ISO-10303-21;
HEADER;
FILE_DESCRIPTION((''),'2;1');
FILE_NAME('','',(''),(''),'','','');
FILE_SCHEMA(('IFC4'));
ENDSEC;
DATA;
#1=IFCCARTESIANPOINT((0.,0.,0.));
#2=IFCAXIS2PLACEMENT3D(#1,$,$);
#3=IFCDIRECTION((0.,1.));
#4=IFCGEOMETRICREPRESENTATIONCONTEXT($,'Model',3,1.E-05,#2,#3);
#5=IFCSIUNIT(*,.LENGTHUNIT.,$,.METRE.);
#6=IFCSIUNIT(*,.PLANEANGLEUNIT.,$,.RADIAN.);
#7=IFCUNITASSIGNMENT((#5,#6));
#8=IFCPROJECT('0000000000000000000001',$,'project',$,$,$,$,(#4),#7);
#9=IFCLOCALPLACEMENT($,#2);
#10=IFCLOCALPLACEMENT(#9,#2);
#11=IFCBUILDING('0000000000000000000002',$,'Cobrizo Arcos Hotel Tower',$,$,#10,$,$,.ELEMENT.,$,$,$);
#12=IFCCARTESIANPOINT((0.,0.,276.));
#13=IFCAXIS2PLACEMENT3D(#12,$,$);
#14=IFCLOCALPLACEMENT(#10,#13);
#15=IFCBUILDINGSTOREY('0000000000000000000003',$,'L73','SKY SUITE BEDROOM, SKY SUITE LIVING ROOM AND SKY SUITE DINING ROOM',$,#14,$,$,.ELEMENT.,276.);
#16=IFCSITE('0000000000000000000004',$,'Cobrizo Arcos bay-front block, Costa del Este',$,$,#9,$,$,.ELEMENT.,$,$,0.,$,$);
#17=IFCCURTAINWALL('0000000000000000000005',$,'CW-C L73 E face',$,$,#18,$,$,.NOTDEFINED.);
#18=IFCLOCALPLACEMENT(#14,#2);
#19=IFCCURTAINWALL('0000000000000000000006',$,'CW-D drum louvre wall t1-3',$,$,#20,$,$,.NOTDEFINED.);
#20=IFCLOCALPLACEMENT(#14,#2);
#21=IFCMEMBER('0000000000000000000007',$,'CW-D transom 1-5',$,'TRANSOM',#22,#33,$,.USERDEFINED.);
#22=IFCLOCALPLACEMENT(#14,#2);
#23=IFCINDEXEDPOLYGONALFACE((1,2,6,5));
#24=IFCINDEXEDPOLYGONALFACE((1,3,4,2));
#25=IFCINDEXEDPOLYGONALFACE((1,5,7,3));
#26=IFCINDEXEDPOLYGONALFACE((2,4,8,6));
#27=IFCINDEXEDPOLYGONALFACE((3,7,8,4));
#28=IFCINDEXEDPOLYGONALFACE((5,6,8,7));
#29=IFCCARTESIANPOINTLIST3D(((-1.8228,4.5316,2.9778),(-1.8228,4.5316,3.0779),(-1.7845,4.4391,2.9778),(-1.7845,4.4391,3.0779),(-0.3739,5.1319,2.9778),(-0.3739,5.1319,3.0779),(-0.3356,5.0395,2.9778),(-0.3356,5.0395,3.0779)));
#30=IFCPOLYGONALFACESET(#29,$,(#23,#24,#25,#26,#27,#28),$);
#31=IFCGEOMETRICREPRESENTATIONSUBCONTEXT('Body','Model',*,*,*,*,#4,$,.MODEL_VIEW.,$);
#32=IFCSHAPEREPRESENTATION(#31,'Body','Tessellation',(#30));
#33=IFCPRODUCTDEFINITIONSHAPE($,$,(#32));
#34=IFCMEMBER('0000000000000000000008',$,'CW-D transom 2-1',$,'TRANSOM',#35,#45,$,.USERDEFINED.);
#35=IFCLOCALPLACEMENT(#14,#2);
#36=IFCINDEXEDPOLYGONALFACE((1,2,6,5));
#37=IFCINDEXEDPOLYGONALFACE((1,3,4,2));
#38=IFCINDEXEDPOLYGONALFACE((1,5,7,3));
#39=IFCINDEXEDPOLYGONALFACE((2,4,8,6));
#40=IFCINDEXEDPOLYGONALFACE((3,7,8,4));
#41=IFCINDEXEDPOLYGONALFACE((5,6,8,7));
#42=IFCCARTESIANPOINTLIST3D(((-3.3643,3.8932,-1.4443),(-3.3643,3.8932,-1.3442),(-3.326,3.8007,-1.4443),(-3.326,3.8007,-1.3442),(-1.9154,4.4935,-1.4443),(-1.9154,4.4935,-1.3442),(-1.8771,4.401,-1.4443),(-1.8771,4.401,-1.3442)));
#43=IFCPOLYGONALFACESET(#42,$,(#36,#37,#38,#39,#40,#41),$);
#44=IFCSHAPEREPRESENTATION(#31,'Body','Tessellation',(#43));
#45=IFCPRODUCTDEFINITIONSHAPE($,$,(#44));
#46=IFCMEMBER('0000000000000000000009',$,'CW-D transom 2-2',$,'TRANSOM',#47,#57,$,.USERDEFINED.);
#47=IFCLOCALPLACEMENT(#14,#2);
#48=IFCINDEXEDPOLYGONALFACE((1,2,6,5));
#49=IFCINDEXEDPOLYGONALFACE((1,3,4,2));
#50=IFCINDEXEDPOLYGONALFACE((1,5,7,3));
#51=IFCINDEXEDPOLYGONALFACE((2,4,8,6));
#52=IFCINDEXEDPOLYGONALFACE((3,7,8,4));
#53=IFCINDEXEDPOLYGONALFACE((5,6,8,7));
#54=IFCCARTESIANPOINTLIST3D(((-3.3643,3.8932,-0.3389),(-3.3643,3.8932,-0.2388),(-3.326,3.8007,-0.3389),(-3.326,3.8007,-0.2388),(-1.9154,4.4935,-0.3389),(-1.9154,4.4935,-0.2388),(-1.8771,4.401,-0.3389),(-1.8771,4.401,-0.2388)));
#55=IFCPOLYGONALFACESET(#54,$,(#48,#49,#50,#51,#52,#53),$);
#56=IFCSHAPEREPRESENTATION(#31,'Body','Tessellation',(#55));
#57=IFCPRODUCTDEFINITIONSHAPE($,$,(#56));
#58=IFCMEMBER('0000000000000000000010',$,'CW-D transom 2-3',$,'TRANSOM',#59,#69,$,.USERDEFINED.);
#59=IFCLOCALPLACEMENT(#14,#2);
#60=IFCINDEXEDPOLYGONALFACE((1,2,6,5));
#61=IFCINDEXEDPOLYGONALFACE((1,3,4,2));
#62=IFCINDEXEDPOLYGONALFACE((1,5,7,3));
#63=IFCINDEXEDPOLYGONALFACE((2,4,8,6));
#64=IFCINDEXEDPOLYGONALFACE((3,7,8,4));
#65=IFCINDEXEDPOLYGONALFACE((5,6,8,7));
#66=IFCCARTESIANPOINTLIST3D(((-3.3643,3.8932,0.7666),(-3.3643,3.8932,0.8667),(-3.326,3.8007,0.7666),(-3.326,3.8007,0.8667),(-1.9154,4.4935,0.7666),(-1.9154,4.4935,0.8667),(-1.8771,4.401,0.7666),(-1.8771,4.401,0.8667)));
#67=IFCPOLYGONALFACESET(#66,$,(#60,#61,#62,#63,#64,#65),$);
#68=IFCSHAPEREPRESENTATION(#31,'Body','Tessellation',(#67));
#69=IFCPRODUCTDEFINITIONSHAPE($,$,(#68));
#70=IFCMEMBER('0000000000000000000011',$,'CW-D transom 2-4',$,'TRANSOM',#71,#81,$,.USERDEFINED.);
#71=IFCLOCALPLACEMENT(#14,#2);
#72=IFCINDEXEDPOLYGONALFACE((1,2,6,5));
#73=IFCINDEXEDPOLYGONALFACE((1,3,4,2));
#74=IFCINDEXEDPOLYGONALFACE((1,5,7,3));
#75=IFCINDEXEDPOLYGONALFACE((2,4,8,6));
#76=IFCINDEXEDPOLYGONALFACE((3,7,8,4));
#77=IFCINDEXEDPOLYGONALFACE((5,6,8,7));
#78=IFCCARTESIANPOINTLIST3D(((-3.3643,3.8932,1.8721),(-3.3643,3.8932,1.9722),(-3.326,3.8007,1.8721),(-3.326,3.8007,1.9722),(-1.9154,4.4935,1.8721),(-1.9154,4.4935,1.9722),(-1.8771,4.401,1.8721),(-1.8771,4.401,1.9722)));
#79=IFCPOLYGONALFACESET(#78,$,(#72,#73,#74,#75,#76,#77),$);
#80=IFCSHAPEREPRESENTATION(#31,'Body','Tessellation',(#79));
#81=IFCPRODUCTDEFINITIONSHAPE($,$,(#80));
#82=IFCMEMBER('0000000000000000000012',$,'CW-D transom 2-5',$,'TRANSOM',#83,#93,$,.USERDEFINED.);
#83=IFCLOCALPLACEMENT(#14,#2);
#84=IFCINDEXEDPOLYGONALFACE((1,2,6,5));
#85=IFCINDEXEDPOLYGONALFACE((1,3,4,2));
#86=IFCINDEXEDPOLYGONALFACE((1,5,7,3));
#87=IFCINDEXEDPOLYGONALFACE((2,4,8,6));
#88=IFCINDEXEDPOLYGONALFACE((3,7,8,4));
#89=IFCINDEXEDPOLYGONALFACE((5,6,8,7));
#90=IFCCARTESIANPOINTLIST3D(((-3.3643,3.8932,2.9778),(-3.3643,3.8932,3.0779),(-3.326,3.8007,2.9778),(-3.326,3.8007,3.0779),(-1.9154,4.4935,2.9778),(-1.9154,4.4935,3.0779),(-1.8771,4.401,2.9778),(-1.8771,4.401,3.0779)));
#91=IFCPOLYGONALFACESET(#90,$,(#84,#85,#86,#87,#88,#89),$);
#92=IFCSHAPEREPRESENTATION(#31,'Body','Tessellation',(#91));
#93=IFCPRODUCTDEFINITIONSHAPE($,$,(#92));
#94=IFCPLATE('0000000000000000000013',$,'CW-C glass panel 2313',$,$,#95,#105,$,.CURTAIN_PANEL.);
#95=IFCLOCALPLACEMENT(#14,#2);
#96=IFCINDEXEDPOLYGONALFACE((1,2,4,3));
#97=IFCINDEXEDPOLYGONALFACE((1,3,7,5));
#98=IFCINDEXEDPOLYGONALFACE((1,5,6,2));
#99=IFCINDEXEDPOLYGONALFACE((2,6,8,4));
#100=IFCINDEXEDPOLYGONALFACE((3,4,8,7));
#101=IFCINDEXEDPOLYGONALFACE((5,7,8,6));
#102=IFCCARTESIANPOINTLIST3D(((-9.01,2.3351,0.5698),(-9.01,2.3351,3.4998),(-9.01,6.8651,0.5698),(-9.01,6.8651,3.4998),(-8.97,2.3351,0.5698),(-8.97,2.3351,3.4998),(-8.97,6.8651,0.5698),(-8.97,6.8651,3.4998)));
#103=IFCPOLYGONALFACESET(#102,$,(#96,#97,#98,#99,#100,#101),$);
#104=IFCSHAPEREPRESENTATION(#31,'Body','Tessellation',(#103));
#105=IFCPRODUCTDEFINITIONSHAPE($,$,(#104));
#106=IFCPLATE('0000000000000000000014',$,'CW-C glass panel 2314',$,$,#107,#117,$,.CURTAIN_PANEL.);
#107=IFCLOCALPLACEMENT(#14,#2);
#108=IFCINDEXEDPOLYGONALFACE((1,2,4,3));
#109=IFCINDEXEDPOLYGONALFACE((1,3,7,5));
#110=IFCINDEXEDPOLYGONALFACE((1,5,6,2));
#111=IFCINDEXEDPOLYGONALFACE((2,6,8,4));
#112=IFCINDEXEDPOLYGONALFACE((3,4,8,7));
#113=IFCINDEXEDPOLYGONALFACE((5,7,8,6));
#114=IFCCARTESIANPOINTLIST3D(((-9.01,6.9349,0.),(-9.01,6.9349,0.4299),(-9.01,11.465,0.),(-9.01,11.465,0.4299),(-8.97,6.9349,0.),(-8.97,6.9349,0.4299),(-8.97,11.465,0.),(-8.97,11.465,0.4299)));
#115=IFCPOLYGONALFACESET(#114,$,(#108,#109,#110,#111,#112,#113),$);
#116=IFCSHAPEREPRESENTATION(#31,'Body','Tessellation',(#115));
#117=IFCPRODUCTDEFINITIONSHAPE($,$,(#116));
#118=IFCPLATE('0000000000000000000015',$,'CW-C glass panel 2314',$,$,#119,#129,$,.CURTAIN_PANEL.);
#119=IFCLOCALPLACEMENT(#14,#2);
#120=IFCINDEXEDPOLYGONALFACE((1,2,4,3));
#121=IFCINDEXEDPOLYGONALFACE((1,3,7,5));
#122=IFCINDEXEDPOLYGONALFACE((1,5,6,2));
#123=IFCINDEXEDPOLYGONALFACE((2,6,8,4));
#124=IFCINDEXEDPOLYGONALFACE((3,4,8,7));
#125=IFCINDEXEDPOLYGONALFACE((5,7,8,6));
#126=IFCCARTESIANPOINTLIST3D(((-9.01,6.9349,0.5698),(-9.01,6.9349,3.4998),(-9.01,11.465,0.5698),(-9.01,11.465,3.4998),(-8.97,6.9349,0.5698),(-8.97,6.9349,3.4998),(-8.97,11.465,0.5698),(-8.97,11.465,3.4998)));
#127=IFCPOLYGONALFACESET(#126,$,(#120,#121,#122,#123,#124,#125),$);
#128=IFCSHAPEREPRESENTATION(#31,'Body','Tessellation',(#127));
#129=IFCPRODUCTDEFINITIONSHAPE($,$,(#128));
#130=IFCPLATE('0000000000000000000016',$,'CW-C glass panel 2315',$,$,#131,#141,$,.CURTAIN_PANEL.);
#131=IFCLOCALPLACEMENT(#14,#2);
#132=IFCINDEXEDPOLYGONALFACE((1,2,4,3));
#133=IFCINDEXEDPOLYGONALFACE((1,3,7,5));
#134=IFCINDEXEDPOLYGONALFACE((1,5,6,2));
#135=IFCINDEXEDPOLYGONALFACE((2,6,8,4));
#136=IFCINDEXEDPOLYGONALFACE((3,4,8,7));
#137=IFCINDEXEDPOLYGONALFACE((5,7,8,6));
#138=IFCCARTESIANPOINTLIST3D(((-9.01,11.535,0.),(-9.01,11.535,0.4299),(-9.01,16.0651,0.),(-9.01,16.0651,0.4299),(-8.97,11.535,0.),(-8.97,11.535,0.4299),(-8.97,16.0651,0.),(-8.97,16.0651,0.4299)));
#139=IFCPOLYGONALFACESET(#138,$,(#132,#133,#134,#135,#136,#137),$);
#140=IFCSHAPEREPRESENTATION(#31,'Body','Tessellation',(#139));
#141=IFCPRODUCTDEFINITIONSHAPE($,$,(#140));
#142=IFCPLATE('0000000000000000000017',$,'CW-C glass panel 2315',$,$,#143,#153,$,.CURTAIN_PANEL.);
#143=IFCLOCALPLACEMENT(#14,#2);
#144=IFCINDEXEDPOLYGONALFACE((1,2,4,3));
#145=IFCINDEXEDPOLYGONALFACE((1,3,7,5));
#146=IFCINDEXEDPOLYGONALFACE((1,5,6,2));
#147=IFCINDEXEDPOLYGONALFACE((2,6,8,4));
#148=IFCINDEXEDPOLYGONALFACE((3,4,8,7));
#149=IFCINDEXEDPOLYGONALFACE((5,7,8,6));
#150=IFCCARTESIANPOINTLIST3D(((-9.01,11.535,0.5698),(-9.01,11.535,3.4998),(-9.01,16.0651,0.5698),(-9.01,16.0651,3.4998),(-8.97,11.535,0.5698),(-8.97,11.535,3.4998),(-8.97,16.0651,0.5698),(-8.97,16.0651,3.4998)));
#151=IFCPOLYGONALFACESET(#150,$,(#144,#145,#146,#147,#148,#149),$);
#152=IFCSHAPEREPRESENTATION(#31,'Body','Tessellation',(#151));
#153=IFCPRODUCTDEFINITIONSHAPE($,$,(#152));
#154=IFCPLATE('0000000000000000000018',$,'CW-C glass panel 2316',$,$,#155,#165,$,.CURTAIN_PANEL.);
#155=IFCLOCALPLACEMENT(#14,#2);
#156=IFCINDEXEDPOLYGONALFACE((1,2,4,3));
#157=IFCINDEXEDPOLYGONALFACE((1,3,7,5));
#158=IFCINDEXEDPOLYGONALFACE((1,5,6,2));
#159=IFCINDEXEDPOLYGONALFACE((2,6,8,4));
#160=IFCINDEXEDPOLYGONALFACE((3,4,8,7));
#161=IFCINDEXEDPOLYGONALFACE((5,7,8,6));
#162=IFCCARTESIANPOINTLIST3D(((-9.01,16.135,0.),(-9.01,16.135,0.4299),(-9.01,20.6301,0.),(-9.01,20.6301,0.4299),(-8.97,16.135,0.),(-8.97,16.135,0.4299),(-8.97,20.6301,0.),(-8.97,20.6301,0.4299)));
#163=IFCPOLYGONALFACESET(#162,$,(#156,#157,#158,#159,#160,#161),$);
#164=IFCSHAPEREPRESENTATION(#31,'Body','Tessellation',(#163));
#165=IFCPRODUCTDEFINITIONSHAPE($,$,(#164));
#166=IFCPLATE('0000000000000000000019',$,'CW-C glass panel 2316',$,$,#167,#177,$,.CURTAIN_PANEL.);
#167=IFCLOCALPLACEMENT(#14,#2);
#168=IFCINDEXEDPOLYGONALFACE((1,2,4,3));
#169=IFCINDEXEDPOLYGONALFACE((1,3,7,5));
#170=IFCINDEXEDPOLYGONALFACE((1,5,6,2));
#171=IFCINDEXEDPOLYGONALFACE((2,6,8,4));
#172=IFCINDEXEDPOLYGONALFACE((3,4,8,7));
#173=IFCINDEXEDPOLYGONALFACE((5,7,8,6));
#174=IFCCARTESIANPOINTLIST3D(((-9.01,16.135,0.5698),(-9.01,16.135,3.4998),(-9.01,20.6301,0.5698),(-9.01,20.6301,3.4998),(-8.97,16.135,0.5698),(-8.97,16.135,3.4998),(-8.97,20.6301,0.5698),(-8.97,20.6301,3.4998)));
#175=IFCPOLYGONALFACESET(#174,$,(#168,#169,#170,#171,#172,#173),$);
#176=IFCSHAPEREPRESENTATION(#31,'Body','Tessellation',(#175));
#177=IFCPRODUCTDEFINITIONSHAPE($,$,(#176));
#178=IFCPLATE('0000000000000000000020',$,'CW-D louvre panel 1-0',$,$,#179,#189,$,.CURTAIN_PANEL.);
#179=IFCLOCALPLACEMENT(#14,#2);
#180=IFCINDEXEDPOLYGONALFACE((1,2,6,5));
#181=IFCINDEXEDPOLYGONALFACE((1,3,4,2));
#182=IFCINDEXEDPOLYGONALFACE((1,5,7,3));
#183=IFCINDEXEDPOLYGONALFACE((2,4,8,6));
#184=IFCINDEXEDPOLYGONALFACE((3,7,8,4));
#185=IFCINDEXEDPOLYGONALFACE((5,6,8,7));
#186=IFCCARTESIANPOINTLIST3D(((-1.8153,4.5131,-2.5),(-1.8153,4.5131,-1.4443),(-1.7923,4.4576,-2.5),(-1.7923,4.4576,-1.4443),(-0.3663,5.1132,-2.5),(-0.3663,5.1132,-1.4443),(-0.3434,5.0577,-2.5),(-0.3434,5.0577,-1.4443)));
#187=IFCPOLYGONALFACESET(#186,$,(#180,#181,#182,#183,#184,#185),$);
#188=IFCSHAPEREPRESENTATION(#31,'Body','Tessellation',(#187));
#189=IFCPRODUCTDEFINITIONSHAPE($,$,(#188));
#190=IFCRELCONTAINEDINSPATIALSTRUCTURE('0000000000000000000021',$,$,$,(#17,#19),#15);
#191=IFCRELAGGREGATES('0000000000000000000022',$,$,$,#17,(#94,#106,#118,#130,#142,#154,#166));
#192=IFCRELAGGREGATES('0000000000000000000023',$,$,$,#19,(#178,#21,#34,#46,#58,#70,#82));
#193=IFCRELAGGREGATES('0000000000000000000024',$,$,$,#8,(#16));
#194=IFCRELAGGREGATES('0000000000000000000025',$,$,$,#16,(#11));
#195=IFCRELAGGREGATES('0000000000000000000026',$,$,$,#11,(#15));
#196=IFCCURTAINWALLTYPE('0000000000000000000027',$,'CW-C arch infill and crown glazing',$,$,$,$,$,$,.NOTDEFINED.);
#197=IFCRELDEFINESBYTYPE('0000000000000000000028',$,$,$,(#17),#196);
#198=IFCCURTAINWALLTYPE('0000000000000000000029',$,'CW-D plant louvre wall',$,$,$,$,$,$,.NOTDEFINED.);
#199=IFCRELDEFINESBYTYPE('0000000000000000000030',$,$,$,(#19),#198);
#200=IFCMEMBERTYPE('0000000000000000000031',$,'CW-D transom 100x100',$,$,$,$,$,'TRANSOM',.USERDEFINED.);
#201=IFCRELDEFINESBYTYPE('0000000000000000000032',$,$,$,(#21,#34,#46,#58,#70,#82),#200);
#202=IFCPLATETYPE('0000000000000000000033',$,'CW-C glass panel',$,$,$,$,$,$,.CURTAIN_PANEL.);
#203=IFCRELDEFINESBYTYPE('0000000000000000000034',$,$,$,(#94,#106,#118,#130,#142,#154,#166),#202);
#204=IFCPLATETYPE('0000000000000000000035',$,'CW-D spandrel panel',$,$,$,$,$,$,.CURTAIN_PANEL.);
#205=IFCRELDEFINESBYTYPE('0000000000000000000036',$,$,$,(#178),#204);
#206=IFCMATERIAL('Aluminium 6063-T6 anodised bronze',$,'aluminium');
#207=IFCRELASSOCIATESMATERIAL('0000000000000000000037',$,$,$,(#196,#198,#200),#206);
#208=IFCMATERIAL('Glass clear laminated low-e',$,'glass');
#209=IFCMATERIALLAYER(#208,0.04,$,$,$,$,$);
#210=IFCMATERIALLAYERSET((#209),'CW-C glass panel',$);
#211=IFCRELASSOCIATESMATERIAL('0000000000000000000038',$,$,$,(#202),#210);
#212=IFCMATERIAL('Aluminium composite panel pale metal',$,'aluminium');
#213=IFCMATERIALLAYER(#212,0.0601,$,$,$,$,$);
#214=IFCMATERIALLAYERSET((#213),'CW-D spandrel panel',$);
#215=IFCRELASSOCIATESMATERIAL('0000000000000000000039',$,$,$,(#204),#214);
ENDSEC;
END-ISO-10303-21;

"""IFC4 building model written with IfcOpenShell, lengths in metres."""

from ifc_helpers import new_model, si_unit, direction, frame, origin, origin_2d, place, context, subcontext, project, spatial, rectangle, extrude, material, layer, layer_set, material_profile, profile_set, type_object, element, aggregate, save


model = new_model("IFC4")

# Units and contexts
model_context = context("Model", 3, precision=1e-05, world=origin(), true_north=direction((0.0, 1.0)))
body_context = subcontext(model_context, "Body", "Model", "MODEL_VIEW")
ifc_project = project(units=[si_unit("LENGTHUNIT", "METRE"), si_unit("PLANEANGLEUNIT", "RADIAN")], contexts=[model_context])

# Site, building, storey
site_placement = place(None, origin())
site = spatial("IfcSite", under=ifc_project, at=site_placement, Name="Cobrizo Arcos bay-front block, Costa del Este", CompositionType="ELEMENT", RefElevation=0.0)
building_placement = place(site_placement, origin())
building = spatial("IfcBuilding", under=site, at=building_placement, Name="Cobrizo Arcos Hotel Tower", CompositionType="ELEMENT")
storey_placement = place(building_placement, frame((0.0, 0.0, 276.0)))
storey = spatial("IfcBuildingStorey", under=building, at=storey_placement, Name="L73", Description="SKY SUITE BEDROOM, SKY SUITE LIVING ROOM AND SKY SUITE DINING ROOM", CompositionType="ELEMENT", Elevation=276.0)

# Shared definitions
ifc_material_1 = material(Name="Aluminium 6063-T6 anodised bronze", Category="aluminium")

# Curtain walls, members
curtain_wall_type_1 = type_object("IfcCurtainWallType", Name="CW-C arch infill and crown glazing", PredefinedType="NOTDEFINED", material=ifc_material_1)
curtain_wall_1_placement = place(storey_placement, origin())
curtain_wall_1 = element("IfcCurtainWall", 1, at=curtain_wall_1_placement, inside=storey, type_object=curtain_wall_type_1, Name="CW-C L73 E face", PredefinedType="NOTDEFINED")
curtain_wall_type_2 = type_object("IfcCurtainWallType", Name="CW-D plant louvre wall", PredefinedType="NOTDEFINED", material=ifc_material_1)
curtain_wall_2_placement = place(storey_placement, origin())
curtain_wall_2 = element("IfcCurtainWall", 2, at=curtain_wall_2_placement, inside=storey, type_object=curtain_wall_type_2, Name="CW-D drum louvre wall t1-3", PredefinedType="NOTDEFINED")
ifc_material_profile_1 = material_profile(ifc_material_1, rectangle(XDim=0.1001, YDim=0.1001, at=origin_2d()), Name="CW-D transom 100x100")
ifc_profile_set_1 = profile_set([ifc_material_profile_1], Name="Aluminium 6063-T6 anodised bronze")
member_type_1 = type_object("IfcMemberType", Name="CW-D transom 100x100", ElementType="TRANSOM", PredefinedType="USERDEFINED", material=ifc_profile_set_1)
member_1_placement = place(storey_placement, frame((-0.3547, 5.0857, 3.0278), z_axis=(-0.923844, -0.382769, 0.0), x_axis=(0.382769, -0.923844, 0.0)))
member_1 = element("IfcMember", 3, at=member_1_placement, type_object=member_type_1, Name="CW-D transom 1-5", ObjectType="TRANSOM", PredefinedType="USERDEFINED", context=body_context, shape_type="SweptSolid", body=[
    extrude(rectangle(XDim=0.1001, YDim=0.1001, at=origin_2d()), origin(), (0.0, 0.0, 1.0), 1.5684),
])
member_2_placement = place(storey_placement, frame((-1.8962, 4.4473, -1.3943), z_axis=(-0.923844, -0.382769, 0.0), x_axis=(0.382769, -0.923844, 0.0)))
member_2 = element("IfcMember", 4, at=member_2_placement, type_object=member_type_1, Name="CW-D transom 2-1", ObjectType="TRANSOM", PredefinedType="USERDEFINED", context=body_context, shape_type="SweptSolid", body=[
    extrude(rectangle(XDim=0.1001, YDim=0.1001, at=origin_2d()), origin(), (0.0, 0.0, 1.0), 1.5684),
])
member_3_placement = place(storey_placement, frame((-1.8962, 4.4473, -0.2888), z_axis=(-0.923844, -0.382769, 0.0), x_axis=(0.382769, -0.923844, 0.0)))
member_3 = element("IfcMember", 5, at=member_3_placement, type_object=member_type_1, Name="CW-D transom 2-2", ObjectType="TRANSOM", PredefinedType="USERDEFINED", context=body_context, shape_type="SweptSolid", body=[
    extrude(rectangle(XDim=0.1001, YDim=0.1001, at=origin_2d()), origin(), (0.0, 0.0, 1.0), 1.5684),
])
member_4_placement = place(storey_placement, frame((-1.8962, 4.4473, 0.8167), z_axis=(-0.923844, -0.382769, 0.0), x_axis=(0.382769, -0.923844, 0.0)))
member_4 = element("IfcMember", 6, at=member_4_placement, type_object=member_type_1, Name="CW-D transom 2-3", ObjectType="TRANSOM", PredefinedType="USERDEFINED", context=body_context, shape_type="SweptSolid", body=[
    extrude(rectangle(XDim=0.1001, YDim=0.1001, at=origin_2d()), origin(), (0.0, 0.0, 1.0), 1.5684),
])
member_5_placement = place(storey_placement, frame((-1.8962, 4.4473, 1.9221), z_axis=(-0.923844, -0.382769, 0.0), x_axis=(0.382769, -0.923844, 0.0)))
member_5 = element("IfcMember", 7, at=member_5_placement, type_object=member_type_1, Name="CW-D transom 2-4", ObjectType="TRANSOM", PredefinedType="USERDEFINED", context=body_context, shape_type="SweptSolid", body=[
    extrude(rectangle(XDim=0.1001, YDim=0.1001, at=origin_2d()), origin(), (0.0, 0.0, 1.0), 1.5684),
])
member_6_placement = place(storey_placement, frame((-1.8962, 4.4473, 3.0278), z_axis=(-0.923844, -0.382769, 0.0), x_axis=(0.382769, -0.923844, 0.0)))
member_6 = element("IfcMember", 8, at=member_6_placement, type_object=member_type_1, Name="CW-D transom 2-5", ObjectType="TRANSOM", PredefinedType="USERDEFINED", context=body_context, shape_type="SweptSolid", body=[
    extrude(rectangle(XDim=0.1001, YDim=0.1001, at=origin_2d()), origin(), (0.0, 0.0, 1.0), 1.5684),
])

# Plates
ifc_material_2 = material(Name="Glass clear laminated low-e", Category="glass")
ifc_layer_1 = layer(ifc_material_2, 0.04)
ifc_layer_set_1 = layer_set([ifc_layer_1], Name="CW-C glass panel")
plate_type_1 = type_object("IfcPlateType", Name="CW-C glass panel", PredefinedType="CURTAIN_PANEL", material=ifc_layer_set_1)
plate_1_placement = place(storey_placement, frame((-8.99, 4.6001, 0.5698), z_axis=(0.0, 0.0, 1.0), x_axis=(0.0, 1.0, 0.0)))
plate_1 = element("IfcPlate", 9, at=plate_1_placement, type_object=plate_type_1, Name="CW-C glass panel 2313", PredefinedType="CURTAIN_PANEL", context=body_context, shape_type="SweptSolid", body=[
    extrude(rectangle(XDim=4.53, YDim=0.04, at=origin_2d()), origin(), (0.0, 0.0, 1.0), 2.9299),
])
plate_2_placement = place(storey_placement, frame((-8.99, 9.2, 0.0), z_axis=(0.0, 0.0, 1.0), x_axis=(0.0, 1.0, 0.0)))
plate_2 = element("IfcPlate", 10, at=plate_2_placement, type_object=plate_type_1, Name="CW-C glass panel 2314", PredefinedType="CURTAIN_PANEL", context=body_context, shape_type="SweptSolid", body=[
    extrude(rectangle(XDim=4.53, YDim=0.04, at=origin_2d()), origin(), (0.0, 0.0, 1.0), 0.4299),
])
plate_3_placement = place(storey_placement, frame((-8.99, 9.2, 0.5698), z_axis=(0.0, 0.0, 1.0), x_axis=(0.0, 1.0, 0.0)))
plate_3 = element("IfcPlate", 11, at=plate_3_placement, type_object=plate_type_1, Name="CW-C glass panel 2314", PredefinedType="CURTAIN_PANEL", context=body_context, shape_type="SweptSolid", body=[
    extrude(rectangle(XDim=4.53, YDim=0.04, at=origin_2d()), origin(), (0.0, 0.0, 1.0), 2.9299),
])
plate_4_placement = place(storey_placement, frame((-8.99, 13.8, 0.0), z_axis=(0.0, 0.0, 1.0), x_axis=(0.0, 1.0, 0.0)))
plate_4 = element("IfcPlate", 12, at=plate_4_placement, type_object=plate_type_1, Name="CW-C glass panel 2315", PredefinedType="CURTAIN_PANEL", context=body_context, shape_type="SweptSolid", body=[
    extrude(rectangle(XDim=4.53, YDim=0.04, at=origin_2d()), origin(), (0.0, 0.0, 1.0), 0.4299),
])
plate_5_placement = place(storey_placement, frame((-8.99, 13.8, 0.5698), z_axis=(0.0, 0.0, 1.0), x_axis=(0.0, 1.0, 0.0)))
plate_5 = element("IfcPlate", 13, at=plate_5_placement, type_object=plate_type_1, Name="CW-C glass panel 2315", PredefinedType="CURTAIN_PANEL", context=body_context, shape_type="SweptSolid", body=[
    extrude(rectangle(XDim=4.53, YDim=0.04, at=origin_2d()), origin(), (0.0, 0.0, 1.0), 2.9299),
])
plate_6_placement = place(storey_placement, frame((-8.99, 18.3826, 0.0), z_axis=(0.0, 0.0, 1.0), x_axis=(0.0, 1.0, 0.0)))
plate_6 = element("IfcPlate", 14, at=plate_6_placement, type_object=plate_type_1, Name="CW-C glass panel 2316", PredefinedType="CURTAIN_PANEL", context=body_context, shape_type="SweptSolid", body=[
    extrude(rectangle(XDim=4.4951, YDim=0.04, at=origin_2d()), origin(), (0.0, 0.0, 1.0), 0.4299),
])
plate_7_placement = place(storey_placement, frame((-8.99, 18.3826, 0.5698), z_axis=(0.0, 0.0, 1.0), x_axis=(0.0, 1.0, 0.0)))
plate_7 = element("IfcPlate", 15, at=plate_7_placement, type_object=plate_type_1, Name="CW-C glass panel 2316", PredefinedType="CURTAIN_PANEL", context=body_context, shape_type="SweptSolid", body=[
    extrude(rectangle(XDim=4.4951, YDim=0.04, at=origin_2d()), origin(), (0.0, 0.0, 1.0), 2.9299),
])
aggregate(curtain_wall_1, [plate_1, plate_2, plate_3, plate_4, plate_5, plate_6, plate_7])
ifc_material_3 = material(Name="Aluminium composite panel pale metal", Category="aluminium")
ifc_layer_2 = layer(ifc_material_3, 0.0601)
ifc_layer_set_2 = layer_set([ifc_layer_2], Name="CW-D spandrel panel")
plate_type_2 = type_object("IfcPlateType", Name="CW-D spandrel panel", PredefinedType="CURTAIN_PANEL", material=ifc_layer_set_2)
plate_8_placement = place(storey_placement, frame((-1.0793, 4.7854, -2.5), z_axis=(0.0, 0.0, 1.0), x_axis=(-0.92388, -0.382683, 0.0)))
plate_8 = element("IfcPlate", 16, at=plate_8_placement, type_object=plate_type_2, Name="CW-D louvre panel 1-0", PredefinedType="CURTAIN_PANEL", context=body_context, shape_type="SweptSolid", body=[
    extrude(rectangle(XDim=1.5684, YDim=0.0601, at=origin_2d()), origin(), (0.0, 0.0, 1.0), 1.0557),
])
aggregate(curtain_wall_2, [plate_8, member_1, member_2, member_3, member_4, member_5, member_6])

save(model, "model.ifc")
